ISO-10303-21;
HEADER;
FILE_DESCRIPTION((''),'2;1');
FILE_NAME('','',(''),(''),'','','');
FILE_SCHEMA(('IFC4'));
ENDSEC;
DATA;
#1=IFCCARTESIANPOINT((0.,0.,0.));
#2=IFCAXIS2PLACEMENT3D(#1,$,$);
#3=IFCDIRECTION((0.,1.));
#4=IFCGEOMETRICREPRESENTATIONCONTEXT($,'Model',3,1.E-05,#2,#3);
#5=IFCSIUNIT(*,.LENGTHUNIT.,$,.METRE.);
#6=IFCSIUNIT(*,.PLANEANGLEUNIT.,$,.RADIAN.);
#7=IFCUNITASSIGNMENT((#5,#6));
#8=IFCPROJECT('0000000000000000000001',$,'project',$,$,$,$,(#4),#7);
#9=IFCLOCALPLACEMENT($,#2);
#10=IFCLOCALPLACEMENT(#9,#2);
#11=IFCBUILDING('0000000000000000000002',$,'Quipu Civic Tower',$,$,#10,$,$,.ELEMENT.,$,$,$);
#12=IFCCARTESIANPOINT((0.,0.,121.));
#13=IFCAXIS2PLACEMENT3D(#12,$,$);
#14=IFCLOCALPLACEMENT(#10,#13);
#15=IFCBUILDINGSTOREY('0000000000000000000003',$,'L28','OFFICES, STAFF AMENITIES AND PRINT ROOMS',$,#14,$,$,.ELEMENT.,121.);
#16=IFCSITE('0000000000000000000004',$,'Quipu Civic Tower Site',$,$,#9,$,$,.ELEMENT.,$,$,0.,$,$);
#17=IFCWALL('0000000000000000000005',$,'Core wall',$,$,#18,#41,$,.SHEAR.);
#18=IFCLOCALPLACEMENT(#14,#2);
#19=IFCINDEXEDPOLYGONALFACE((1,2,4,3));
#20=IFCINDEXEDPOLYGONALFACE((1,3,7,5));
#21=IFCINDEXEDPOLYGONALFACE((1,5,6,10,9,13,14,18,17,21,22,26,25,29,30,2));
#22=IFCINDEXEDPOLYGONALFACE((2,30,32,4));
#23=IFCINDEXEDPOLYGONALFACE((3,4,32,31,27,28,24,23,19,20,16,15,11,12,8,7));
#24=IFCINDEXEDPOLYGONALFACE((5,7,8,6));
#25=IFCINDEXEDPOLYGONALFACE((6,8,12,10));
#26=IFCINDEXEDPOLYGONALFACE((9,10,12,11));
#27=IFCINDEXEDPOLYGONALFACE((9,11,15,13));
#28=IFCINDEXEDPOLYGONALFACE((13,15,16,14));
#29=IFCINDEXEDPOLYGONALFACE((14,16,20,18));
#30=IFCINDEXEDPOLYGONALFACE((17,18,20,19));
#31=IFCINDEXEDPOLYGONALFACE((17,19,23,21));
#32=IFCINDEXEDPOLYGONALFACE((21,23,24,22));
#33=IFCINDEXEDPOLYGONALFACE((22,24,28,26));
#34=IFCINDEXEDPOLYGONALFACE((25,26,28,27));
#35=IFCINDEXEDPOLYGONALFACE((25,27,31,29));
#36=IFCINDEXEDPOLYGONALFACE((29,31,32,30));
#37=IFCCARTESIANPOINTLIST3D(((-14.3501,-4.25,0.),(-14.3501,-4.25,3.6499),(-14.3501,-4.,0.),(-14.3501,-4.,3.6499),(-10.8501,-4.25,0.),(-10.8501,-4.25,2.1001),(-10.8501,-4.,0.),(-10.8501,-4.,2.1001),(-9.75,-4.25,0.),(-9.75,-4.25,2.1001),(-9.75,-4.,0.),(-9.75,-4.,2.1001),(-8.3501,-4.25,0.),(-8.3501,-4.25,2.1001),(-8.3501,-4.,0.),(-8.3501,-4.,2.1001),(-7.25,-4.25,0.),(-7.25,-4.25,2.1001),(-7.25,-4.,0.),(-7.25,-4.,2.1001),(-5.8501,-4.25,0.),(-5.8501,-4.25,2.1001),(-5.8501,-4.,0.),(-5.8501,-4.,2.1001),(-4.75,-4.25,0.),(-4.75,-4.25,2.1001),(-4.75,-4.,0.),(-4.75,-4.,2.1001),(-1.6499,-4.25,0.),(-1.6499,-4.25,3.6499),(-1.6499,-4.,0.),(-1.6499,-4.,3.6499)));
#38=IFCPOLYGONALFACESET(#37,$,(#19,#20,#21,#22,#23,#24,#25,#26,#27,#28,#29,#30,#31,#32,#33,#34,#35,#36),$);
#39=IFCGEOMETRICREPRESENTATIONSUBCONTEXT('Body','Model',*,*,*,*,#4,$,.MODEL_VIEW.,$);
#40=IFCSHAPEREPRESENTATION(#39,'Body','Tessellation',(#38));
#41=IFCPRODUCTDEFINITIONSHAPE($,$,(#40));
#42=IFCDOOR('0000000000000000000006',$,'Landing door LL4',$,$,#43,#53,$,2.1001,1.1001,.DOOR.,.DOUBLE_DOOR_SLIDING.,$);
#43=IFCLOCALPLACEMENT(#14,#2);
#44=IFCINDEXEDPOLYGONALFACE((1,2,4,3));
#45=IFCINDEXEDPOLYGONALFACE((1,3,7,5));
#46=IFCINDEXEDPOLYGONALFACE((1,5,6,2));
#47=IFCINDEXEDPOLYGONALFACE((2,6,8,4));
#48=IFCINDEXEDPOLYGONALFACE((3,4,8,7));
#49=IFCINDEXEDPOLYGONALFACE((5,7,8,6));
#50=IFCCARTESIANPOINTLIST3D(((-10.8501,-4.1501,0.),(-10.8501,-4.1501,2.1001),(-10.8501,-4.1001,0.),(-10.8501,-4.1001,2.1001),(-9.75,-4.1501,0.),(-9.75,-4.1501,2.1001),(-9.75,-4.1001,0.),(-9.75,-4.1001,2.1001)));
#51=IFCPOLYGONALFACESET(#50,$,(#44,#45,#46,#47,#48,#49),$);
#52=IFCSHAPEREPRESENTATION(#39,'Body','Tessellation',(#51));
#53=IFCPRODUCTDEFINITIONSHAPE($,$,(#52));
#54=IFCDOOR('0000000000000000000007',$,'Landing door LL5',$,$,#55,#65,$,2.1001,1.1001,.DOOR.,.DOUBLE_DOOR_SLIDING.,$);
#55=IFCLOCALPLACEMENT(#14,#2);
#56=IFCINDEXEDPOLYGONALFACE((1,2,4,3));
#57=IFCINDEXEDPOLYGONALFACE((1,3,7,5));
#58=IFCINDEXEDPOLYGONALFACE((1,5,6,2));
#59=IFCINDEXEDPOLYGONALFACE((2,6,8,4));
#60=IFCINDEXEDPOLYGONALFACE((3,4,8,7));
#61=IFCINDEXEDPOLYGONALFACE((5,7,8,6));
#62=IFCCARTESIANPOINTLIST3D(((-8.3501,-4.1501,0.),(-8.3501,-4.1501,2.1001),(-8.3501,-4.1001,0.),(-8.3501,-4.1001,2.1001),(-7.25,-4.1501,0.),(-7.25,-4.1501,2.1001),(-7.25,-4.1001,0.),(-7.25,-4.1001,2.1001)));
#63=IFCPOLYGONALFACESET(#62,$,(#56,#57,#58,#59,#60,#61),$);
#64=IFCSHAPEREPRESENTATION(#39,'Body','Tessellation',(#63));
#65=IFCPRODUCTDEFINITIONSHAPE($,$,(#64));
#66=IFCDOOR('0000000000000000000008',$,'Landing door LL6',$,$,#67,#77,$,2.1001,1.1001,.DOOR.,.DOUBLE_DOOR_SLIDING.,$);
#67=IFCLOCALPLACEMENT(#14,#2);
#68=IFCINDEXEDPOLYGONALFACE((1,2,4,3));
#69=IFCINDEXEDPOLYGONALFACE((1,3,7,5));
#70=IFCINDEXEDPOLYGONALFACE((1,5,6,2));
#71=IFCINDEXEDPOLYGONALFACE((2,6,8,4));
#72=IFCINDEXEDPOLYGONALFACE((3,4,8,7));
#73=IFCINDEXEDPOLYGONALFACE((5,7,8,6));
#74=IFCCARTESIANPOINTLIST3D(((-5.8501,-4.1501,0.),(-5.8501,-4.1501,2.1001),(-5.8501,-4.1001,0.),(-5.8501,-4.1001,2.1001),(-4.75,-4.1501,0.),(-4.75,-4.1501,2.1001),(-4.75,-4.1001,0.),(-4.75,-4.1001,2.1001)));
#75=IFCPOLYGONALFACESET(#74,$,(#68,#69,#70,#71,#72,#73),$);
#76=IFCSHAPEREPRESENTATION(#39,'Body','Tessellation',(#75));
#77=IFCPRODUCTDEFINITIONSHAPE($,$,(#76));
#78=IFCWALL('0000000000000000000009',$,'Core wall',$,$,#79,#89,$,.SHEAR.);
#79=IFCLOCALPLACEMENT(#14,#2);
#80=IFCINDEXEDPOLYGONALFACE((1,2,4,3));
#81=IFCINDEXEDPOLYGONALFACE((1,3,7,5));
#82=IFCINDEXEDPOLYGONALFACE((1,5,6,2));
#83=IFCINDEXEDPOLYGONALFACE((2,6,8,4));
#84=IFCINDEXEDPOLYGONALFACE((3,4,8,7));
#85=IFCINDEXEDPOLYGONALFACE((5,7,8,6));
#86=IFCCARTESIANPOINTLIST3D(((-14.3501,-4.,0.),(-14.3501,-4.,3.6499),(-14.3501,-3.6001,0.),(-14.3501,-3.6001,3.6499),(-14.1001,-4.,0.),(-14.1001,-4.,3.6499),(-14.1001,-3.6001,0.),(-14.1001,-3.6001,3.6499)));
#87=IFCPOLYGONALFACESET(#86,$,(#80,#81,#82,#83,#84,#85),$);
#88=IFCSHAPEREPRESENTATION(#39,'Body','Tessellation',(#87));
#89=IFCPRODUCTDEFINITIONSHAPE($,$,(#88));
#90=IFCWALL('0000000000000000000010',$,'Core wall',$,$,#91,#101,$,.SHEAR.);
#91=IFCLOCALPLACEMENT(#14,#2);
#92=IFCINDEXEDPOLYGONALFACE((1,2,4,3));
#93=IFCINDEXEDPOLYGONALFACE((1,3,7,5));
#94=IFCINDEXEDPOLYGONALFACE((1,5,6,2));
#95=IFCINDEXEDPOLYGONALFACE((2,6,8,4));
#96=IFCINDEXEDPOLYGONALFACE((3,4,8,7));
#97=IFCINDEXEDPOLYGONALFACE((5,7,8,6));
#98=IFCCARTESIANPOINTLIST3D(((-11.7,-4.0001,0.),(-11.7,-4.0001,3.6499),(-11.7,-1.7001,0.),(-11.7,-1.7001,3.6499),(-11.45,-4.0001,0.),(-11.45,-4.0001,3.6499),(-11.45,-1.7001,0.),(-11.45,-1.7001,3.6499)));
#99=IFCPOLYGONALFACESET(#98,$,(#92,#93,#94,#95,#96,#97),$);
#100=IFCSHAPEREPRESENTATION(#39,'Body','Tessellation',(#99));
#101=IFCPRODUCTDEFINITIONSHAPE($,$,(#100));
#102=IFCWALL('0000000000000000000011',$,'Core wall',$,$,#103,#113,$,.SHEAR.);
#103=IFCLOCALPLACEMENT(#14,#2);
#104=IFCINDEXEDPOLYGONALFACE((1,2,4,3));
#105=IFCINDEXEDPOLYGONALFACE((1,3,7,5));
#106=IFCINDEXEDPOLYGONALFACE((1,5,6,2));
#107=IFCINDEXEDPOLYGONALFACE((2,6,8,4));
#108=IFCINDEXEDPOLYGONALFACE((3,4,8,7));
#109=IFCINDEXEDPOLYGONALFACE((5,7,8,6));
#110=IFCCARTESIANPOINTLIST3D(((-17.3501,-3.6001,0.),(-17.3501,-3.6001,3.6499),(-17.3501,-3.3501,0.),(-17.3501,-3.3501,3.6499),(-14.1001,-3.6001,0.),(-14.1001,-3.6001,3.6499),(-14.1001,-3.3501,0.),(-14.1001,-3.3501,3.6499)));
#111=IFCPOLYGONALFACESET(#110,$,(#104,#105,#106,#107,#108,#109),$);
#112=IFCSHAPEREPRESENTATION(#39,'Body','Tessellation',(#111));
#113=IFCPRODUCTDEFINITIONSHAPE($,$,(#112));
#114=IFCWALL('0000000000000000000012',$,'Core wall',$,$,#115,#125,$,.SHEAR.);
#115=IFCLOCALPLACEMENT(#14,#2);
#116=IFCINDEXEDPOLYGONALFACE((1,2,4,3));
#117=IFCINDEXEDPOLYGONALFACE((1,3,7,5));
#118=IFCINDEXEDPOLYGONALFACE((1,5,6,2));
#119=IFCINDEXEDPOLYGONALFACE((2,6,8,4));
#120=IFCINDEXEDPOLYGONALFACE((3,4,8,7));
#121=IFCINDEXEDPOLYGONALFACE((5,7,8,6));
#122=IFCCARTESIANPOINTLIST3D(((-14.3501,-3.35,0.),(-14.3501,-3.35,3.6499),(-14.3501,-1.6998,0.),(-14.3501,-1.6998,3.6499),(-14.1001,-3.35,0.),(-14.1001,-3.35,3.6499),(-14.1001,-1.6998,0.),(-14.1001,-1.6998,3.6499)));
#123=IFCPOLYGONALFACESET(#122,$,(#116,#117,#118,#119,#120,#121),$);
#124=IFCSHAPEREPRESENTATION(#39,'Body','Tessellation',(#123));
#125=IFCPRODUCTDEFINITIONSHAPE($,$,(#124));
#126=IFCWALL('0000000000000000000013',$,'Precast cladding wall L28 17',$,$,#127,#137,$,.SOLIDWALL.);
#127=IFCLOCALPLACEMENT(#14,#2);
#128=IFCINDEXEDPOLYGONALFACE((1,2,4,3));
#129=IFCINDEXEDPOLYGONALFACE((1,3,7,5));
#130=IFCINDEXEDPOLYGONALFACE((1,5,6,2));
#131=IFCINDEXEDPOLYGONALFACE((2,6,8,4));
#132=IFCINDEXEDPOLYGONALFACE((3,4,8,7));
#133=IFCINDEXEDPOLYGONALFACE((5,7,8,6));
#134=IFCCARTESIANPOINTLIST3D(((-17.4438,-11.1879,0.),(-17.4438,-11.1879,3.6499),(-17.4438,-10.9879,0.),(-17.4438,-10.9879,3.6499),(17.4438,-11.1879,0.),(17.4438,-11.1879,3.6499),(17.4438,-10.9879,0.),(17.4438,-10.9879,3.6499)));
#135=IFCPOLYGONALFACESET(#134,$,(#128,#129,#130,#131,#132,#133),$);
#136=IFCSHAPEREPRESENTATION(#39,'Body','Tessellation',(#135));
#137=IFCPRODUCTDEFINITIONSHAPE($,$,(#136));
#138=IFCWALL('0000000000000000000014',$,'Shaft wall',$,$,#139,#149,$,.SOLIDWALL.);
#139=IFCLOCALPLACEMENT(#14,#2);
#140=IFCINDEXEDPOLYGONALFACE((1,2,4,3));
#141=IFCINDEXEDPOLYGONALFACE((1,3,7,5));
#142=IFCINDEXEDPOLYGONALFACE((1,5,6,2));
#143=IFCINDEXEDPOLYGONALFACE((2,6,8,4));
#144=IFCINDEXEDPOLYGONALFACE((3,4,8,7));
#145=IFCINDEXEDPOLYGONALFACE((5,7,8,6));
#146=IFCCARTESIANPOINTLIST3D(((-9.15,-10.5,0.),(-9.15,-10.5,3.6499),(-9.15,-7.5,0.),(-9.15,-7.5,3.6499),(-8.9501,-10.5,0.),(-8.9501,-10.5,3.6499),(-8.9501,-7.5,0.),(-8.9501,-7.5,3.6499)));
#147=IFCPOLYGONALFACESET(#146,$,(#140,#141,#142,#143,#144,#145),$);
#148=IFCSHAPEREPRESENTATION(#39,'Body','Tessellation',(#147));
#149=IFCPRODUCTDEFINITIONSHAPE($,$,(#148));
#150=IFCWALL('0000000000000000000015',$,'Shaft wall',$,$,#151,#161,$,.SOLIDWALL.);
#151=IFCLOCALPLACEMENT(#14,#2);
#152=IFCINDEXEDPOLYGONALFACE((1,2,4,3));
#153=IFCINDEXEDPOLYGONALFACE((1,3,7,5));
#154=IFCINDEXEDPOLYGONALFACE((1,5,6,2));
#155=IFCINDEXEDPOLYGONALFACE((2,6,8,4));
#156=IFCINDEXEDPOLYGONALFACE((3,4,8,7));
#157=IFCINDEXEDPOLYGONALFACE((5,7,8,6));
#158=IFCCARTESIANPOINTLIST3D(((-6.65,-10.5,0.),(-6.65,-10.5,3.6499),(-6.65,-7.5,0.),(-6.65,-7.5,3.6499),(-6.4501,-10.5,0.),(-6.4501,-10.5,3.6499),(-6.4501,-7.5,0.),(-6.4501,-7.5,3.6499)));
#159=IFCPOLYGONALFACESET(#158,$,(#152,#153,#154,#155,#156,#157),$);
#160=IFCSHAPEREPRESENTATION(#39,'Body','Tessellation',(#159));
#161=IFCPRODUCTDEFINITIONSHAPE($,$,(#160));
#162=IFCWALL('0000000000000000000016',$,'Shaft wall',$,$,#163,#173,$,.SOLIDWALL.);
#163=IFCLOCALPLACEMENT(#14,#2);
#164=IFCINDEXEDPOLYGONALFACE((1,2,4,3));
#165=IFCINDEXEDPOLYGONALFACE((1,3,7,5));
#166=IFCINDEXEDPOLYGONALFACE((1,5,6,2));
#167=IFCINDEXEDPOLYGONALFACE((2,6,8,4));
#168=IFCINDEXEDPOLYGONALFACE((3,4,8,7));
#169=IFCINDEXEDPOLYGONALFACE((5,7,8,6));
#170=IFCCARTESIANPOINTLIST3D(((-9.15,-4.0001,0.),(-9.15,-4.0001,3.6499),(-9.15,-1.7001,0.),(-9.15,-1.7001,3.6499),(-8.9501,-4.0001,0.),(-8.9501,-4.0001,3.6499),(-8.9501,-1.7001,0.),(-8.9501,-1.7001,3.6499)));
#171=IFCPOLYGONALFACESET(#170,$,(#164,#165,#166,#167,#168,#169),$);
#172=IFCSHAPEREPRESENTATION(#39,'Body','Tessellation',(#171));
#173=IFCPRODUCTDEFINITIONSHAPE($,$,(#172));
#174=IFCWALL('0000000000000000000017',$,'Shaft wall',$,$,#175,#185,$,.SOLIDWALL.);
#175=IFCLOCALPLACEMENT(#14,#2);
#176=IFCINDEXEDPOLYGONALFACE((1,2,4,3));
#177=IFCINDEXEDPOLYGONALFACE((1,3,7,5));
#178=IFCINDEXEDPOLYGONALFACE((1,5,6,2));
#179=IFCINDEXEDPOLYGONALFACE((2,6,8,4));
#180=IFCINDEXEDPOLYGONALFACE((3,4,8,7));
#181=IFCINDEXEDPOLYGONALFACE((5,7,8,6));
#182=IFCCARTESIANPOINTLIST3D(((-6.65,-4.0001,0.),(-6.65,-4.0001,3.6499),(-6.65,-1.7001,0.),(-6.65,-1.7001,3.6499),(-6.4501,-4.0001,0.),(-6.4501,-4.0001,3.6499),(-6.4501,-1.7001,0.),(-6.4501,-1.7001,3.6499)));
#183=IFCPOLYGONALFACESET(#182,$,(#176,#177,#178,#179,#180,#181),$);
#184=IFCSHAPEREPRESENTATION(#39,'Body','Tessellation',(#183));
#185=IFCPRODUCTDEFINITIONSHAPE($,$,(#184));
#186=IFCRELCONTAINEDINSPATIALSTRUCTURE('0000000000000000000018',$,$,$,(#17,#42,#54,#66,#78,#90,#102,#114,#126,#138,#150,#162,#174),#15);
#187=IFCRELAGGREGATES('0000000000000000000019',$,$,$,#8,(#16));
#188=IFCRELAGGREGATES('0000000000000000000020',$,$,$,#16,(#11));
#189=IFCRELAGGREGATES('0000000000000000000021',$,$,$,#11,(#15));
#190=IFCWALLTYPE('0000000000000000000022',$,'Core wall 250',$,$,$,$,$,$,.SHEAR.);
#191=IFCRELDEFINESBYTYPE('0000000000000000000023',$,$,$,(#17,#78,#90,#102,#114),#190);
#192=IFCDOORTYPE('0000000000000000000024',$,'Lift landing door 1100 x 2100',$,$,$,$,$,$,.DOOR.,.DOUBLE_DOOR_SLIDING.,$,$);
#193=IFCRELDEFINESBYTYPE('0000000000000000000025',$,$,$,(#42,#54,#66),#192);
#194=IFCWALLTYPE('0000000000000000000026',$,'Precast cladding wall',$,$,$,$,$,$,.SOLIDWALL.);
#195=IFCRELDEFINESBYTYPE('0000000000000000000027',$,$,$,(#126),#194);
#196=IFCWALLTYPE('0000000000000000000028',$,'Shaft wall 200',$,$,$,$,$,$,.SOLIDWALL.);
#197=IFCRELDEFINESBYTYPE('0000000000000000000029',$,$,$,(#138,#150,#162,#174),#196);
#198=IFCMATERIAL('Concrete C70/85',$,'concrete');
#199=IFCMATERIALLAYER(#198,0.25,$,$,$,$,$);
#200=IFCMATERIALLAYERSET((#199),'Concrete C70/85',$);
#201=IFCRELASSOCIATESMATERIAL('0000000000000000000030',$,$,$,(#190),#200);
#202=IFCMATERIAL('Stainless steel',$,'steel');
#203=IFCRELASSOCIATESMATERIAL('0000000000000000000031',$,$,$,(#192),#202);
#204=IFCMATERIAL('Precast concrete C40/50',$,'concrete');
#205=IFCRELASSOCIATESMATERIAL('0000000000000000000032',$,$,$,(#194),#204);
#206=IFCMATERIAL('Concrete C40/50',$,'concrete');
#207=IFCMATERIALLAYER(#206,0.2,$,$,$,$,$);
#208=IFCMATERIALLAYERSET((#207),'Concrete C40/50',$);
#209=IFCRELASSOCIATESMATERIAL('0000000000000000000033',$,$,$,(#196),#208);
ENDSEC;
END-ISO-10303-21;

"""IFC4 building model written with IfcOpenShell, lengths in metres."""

from ifc_helpers import new_model, si_unit, direction, frame, frame_2d, origin, place, context, subcontext, project, spatial, rectangle, extrude, material, layer, layer_set, type_object, element, fill, save


model = new_model("IFC4")

# Units and contexts
model_context = context("Model", 3, precision=1e-05, world=origin(), true_north=direction((0.0, 1.0)))
body_context = subcontext(model_context, "Body", "Model", "MODEL_VIEW")
ifc_project = project(units=[si_unit("LENGTHUNIT", "METRE"), si_unit("PLANEANGLEUNIT", "RADIAN")], contexts=[model_context])

# Site, building, storey
site_placement = place(None, origin())
site = spatial("IfcSite", under=ifc_project, at=site_placement, Name="Quipu Civic Tower Site", CompositionType="ELEMENT", RefElevation=0.0)
building_placement = place(site_placement, origin())
building = spatial("IfcBuilding", under=site, at=building_placement, Name="Quipu Civic Tower", CompositionType="ELEMENT")
storey_placement = place(building_placement, frame((0.0, 0.0, 121.0)))
storey = spatial("IfcBuildingStorey", under=building, at=storey_placement, Name="L28", Description="OFFICES, STAFF AMENITIES AND PRINT ROOMS", CompositionType="ELEMENT", Elevation=121.0)

# Shared definitions
ifc_material_1 = material(Name="Concrete C70/85", Category="concrete")
ifc_layer_1 = layer(ifc_material_1, 0.25)
ifc_layer_set_1 = layer_set([ifc_layer_1], Name="Concrete C70/85")
wall_type_1 = type_object("IfcWallType", Name="Core wall 250", PredefinedType="SHEAR", material=ifc_layer_set_1)

# Wall, openings, doors
wall_1_placement = place(storey_placement, frame((-14.3501, -4.125, 0.0), z_axis=(0.0, 0.0, 1.0), x_axis=(1.0, 0.0, 0.0)))
wall_1 = element("IfcWall", 1, at=wall_1_placement, inside=storey, type_object=wall_type_1, Name="Core wall", PredefinedType="SHEAR", context=body_context, shape_type="SweptSolid", body=[
    extrude(rectangle(XDim=12.7002, YDim=0.25, at=frame_2d((6.3501, 0.0))), origin(), (0.0, 0.0, 1.0), 3.6499),
])
opening_1_placement = place(wall_1_placement, frame((3.5, 0.0, 0.0)))
opening_1 = element("IfcOpeningElement", 2, at=opening_1_placement, cuts=wall_1, PredefinedType="OPENING", context=body_context, shape_type="SweptSolid", body=[
    extrude(rectangle(XDim=1.1001, YDim=2.1001, at=frame_2d((0.55, 1.05))), frame((0.0, 0.135, 0.0), z_axis=(0.0, -1.0, 0.0), x_axis=(1.0, 0.0, 0.0)), (0.0, 0.0, 1.0), 0.27),
])
opening_2_placement = place(wall_1_placement, frame((6.0, 0.0, 0.0)))
opening_2 = element("IfcOpeningElement", 3, at=opening_2_placement, cuts=wall_1, PredefinedType="OPENING", context=body_context, shape_type="SweptSolid", body=[
    extrude(rectangle(XDim=1.1001, YDim=2.1001, at=frame_2d((0.55, 1.05))), frame((0.0, 0.135, 0.0), z_axis=(0.0, -1.0, 0.0), x_axis=(1.0, 0.0, 0.0)), (0.0, 0.0, 1.0), 0.27),
])
opening_3_placement = place(wall_1_placement, frame((8.5, 0.0, 0.0)))
opening_3 = element("IfcOpeningElement", 4, at=opening_3_placement, cuts=wall_1, PredefinedType="OPENING", context=body_context, shape_type="SweptSolid", body=[
    extrude(rectangle(XDim=1.1001, YDim=2.1001, at=frame_2d((0.55, 1.05))), frame((0.0, 0.135, 0.0), z_axis=(0.0, -1.0, 0.0), x_axis=(1.0, 0.0, 0.0)), (0.0, 0.0, 1.0), 0.27),
])
ifc_material_2 = material(Name="Stainless steel", Category="steel")
door_type_1 = type_object("IfcDoorType", Name="Lift landing door 1100 x 2100", OperationType="DOUBLE_DOOR_SLIDING", PredefinedType="DOOR", material=ifc_material_2)
door_1_placement = place(opening_1_placement, origin())
door_1 = element("IfcDoor", 5, at=door_1_placement, inside=storey, type_object=door_type_1, Name="Landing door LL4", OperationType="DOUBLE_DOOR_SLIDING", OverallHeight=2.1001, OverallWidth=1.1001, PredefinedType="DOOR", context=body_context, shape_type="SweptSolid", body=[
    extrude(rectangle(XDim=1.1001, YDim=2.1001, at=frame_2d((0.55, 1.05))), frame((0.0, 0.0249, 0.0), z_axis=(0.0, -1.0, 0.0), x_axis=(1.0, 0.0, 0.0)), (0.0, 0.0, 1.0), 0.05),
])
fill(opening_1, door_1)
door_2_placement = place(opening_2_placement, origin())
door_2 = element("IfcDoor", 6, at=door_2_placement, inside=storey, type_object=door_type_1, Name="Landing door LL5", OperationType="DOUBLE_DOOR_SLIDING", OverallHeight=2.1001, OverallWidth=1.1001, PredefinedType="DOOR", context=body_context, shape_type="SweptSolid", body=[
    extrude(rectangle(XDim=1.1001, YDim=2.1001, at=frame_2d((0.55, 1.05))), frame((0.0, 0.0249, 0.0), z_axis=(0.0, -1.0, 0.0), x_axis=(1.0, 0.0, 0.0)), (0.0, 0.0, 1.0), 0.05),
])
fill(opening_2, door_2)
door_3_placement = place(opening_3_placement, origin())
door_3 = element("IfcDoor", 7, at=door_3_placement, inside=storey, type_object=door_type_1, Name="Landing door LL6", OperationType="DOUBLE_DOOR_SLIDING", OverallHeight=2.1001, OverallWidth=1.1001, PredefinedType="DOOR", context=body_context, shape_type="SweptSolid", body=[
    extrude(rectangle(XDim=1.1001, YDim=2.1001, at=frame_2d((0.55, 1.05))), frame((0.0, 0.0249, 0.0), z_axis=(0.0, -1.0, 0.0), x_axis=(1.0, 0.0, 0.0)), (0.0, 0.0, 1.0), 0.05),
])
fill(opening_3, door_3)

# Walls
wall_2_placement = place(storey_placement, frame((-14.2251, -4.0, 0.0), z_axis=(0.0, 0.0, 1.0), x_axis=(0.0, 1.0, 0.0)))
element("IfcWall", 8, at=wall_2_placement, inside=storey, type_object=wall_type_1, Name="Core wall", PredefinedType="SHEAR", context=body_context, shape_type="SweptSolid", body=[
    extrude(rectangle(XDim=0.3999, YDim=0.25, at=frame_2d((0.2, 0.0))), origin(), (0.0, 0.0, 1.0), 3.6499),
])
wall_3_placement = place(storey_placement, frame((-11.575, -4.0, 0.0), z_axis=(0.0, 0.0, 1.0), x_axis=(0.0, 1.0, 0.0)))
element("IfcWall", 9, at=wall_3_placement, inside=storey, type_object=wall_type_1, Name="Core wall", PredefinedType="SHEAR", context=body_context, shape_type="SweptSolid", body=[
    extrude(rectangle(XDim=2.3, YDim=0.25, at=frame_2d((1.1499, 0.0))), origin(), (0.0, 0.0, 1.0), 3.6499),
])
wall_4_placement = place(storey_placement, frame((-17.3501, -3.4751, 0.0), z_axis=(0.0, 0.0, 1.0), x_axis=(1.0, 0.0, 0.0)))
element("IfcWall", 10, at=wall_4_placement, inside=storey, type_object=wall_type_1, Name="Core wall", PredefinedType="SHEAR", context=body_context, shape_type="SweptSolid", body=[
    extrude(rectangle(XDim=3.25, YDim=0.25, at=frame_2d((1.625, 0.0))), origin(), (0.0, 0.0, 1.0), 3.6499),
])
wall_5_placement = place(storey_placement, frame((-14.2251, -3.3501, 0.0), z_axis=(0.0, 0.0, 1.0), x_axis=(0.0, 1.0, 0.0)))
element("IfcWall", 11, at=wall_5_placement, inside=storey, type_object=wall_type_1, Name="Core wall", PredefinedType="SHEAR", context=body_context, shape_type="SweptSolid", body=[
    extrude(rectangle(XDim=1.6501, YDim=0.25, at=frame_2d((0.8252, 0.0))), origin(), (0.0, 0.0, 1.0), 3.6499),
])
ifc_material_3 = material(Name="Precast concrete C40/50", Category="concrete")
wall_type_2 = type_object("IfcWallType", Name="Precast cladding wall", PredefinedType="SOLIDWALL", material=ifc_material_3)
wall_6_placement = place(storey_placement, frame((-17.4438, -11.0879, 0.0), z_axis=(0.0, 0.0, 1.0), x_axis=(1.0, 0.0, 0.0)))
element("IfcWall", 12, at=wall_6_placement, inside=storey, type_object=wall_type_2, Name="Precast cladding wall L28 17", PredefinedType="SOLIDWALL", context=body_context, shape_type="SweptSolid", body=[
    extrude(rectangle(XDim=34.8877, YDim=0.2, at=frame_2d((17.4438, 0.0))), origin(), (0.0, 0.0, 1.0), 3.6499),
])
ifc_material_4 = material(Name="Concrete C40/50", Category="concrete")
ifc_layer_2 = layer(ifc_material_4, 0.2)
ifc_layer_set_2 = layer_set([ifc_layer_2], Name="Concrete C40/50")
wall_type_3 = type_object("IfcWallType", Name="Shaft wall 200", PredefinedType="SOLIDWALL", material=ifc_layer_set_2)
for number, where, z_axis, x_axis, name in (
    (13, (-9.05, -10.5, 0.0), (0.0, 0.0, 1.0), (0.0, 1.0, 0.0), "Shaft wall"),
    (14, (-6.55, -10.5, 0.0), (0.0, 0.0, 1.0), (0.0, 1.0, 0.0), "Shaft wall"),
):
    element("IfcWall", number, at=place(storey_placement, frame(where, z_axis=z_axis, x_axis=x_axis)), inside=storey, type_object=wall_type_3, Name=name, PredefinedType="SOLIDWALL", context=body_context, shape_type="SweptSolid", body=[
        extrude(rectangle(XDim=3.0, YDim=0.2, at=frame_2d((1.5, 0.0))), origin(), (0.0, 0.0, 1.0), 3.6499),
    ])
for number, where, z_axis, x_axis, name in (
    (15, (-9.05, -4.0, 0.0), (0.0, 0.0, 1.0), (0.0, 1.0, 0.0), "Shaft wall"),
    (16, (-6.55, -4.0, 0.0), (0.0, 0.0, 1.0), (0.0, 1.0, 0.0), "Shaft wall"),
):
    element("IfcWall", number, at=place(storey_placement, frame(where, z_axis=z_axis, x_axis=x_axis)), inside=storey, type_object=wall_type_3, Name=name, PredefinedType="SOLIDWALL", context=body_context, shape_type="SweptSolid", body=[
        extrude(rectangle(XDim=2.3, YDim=0.2, at=frame_2d((1.1499, 0.0))), origin(), (0.0, 0.0, 1.0), 3.6499),
    ])

save(model, "model.ifc")
